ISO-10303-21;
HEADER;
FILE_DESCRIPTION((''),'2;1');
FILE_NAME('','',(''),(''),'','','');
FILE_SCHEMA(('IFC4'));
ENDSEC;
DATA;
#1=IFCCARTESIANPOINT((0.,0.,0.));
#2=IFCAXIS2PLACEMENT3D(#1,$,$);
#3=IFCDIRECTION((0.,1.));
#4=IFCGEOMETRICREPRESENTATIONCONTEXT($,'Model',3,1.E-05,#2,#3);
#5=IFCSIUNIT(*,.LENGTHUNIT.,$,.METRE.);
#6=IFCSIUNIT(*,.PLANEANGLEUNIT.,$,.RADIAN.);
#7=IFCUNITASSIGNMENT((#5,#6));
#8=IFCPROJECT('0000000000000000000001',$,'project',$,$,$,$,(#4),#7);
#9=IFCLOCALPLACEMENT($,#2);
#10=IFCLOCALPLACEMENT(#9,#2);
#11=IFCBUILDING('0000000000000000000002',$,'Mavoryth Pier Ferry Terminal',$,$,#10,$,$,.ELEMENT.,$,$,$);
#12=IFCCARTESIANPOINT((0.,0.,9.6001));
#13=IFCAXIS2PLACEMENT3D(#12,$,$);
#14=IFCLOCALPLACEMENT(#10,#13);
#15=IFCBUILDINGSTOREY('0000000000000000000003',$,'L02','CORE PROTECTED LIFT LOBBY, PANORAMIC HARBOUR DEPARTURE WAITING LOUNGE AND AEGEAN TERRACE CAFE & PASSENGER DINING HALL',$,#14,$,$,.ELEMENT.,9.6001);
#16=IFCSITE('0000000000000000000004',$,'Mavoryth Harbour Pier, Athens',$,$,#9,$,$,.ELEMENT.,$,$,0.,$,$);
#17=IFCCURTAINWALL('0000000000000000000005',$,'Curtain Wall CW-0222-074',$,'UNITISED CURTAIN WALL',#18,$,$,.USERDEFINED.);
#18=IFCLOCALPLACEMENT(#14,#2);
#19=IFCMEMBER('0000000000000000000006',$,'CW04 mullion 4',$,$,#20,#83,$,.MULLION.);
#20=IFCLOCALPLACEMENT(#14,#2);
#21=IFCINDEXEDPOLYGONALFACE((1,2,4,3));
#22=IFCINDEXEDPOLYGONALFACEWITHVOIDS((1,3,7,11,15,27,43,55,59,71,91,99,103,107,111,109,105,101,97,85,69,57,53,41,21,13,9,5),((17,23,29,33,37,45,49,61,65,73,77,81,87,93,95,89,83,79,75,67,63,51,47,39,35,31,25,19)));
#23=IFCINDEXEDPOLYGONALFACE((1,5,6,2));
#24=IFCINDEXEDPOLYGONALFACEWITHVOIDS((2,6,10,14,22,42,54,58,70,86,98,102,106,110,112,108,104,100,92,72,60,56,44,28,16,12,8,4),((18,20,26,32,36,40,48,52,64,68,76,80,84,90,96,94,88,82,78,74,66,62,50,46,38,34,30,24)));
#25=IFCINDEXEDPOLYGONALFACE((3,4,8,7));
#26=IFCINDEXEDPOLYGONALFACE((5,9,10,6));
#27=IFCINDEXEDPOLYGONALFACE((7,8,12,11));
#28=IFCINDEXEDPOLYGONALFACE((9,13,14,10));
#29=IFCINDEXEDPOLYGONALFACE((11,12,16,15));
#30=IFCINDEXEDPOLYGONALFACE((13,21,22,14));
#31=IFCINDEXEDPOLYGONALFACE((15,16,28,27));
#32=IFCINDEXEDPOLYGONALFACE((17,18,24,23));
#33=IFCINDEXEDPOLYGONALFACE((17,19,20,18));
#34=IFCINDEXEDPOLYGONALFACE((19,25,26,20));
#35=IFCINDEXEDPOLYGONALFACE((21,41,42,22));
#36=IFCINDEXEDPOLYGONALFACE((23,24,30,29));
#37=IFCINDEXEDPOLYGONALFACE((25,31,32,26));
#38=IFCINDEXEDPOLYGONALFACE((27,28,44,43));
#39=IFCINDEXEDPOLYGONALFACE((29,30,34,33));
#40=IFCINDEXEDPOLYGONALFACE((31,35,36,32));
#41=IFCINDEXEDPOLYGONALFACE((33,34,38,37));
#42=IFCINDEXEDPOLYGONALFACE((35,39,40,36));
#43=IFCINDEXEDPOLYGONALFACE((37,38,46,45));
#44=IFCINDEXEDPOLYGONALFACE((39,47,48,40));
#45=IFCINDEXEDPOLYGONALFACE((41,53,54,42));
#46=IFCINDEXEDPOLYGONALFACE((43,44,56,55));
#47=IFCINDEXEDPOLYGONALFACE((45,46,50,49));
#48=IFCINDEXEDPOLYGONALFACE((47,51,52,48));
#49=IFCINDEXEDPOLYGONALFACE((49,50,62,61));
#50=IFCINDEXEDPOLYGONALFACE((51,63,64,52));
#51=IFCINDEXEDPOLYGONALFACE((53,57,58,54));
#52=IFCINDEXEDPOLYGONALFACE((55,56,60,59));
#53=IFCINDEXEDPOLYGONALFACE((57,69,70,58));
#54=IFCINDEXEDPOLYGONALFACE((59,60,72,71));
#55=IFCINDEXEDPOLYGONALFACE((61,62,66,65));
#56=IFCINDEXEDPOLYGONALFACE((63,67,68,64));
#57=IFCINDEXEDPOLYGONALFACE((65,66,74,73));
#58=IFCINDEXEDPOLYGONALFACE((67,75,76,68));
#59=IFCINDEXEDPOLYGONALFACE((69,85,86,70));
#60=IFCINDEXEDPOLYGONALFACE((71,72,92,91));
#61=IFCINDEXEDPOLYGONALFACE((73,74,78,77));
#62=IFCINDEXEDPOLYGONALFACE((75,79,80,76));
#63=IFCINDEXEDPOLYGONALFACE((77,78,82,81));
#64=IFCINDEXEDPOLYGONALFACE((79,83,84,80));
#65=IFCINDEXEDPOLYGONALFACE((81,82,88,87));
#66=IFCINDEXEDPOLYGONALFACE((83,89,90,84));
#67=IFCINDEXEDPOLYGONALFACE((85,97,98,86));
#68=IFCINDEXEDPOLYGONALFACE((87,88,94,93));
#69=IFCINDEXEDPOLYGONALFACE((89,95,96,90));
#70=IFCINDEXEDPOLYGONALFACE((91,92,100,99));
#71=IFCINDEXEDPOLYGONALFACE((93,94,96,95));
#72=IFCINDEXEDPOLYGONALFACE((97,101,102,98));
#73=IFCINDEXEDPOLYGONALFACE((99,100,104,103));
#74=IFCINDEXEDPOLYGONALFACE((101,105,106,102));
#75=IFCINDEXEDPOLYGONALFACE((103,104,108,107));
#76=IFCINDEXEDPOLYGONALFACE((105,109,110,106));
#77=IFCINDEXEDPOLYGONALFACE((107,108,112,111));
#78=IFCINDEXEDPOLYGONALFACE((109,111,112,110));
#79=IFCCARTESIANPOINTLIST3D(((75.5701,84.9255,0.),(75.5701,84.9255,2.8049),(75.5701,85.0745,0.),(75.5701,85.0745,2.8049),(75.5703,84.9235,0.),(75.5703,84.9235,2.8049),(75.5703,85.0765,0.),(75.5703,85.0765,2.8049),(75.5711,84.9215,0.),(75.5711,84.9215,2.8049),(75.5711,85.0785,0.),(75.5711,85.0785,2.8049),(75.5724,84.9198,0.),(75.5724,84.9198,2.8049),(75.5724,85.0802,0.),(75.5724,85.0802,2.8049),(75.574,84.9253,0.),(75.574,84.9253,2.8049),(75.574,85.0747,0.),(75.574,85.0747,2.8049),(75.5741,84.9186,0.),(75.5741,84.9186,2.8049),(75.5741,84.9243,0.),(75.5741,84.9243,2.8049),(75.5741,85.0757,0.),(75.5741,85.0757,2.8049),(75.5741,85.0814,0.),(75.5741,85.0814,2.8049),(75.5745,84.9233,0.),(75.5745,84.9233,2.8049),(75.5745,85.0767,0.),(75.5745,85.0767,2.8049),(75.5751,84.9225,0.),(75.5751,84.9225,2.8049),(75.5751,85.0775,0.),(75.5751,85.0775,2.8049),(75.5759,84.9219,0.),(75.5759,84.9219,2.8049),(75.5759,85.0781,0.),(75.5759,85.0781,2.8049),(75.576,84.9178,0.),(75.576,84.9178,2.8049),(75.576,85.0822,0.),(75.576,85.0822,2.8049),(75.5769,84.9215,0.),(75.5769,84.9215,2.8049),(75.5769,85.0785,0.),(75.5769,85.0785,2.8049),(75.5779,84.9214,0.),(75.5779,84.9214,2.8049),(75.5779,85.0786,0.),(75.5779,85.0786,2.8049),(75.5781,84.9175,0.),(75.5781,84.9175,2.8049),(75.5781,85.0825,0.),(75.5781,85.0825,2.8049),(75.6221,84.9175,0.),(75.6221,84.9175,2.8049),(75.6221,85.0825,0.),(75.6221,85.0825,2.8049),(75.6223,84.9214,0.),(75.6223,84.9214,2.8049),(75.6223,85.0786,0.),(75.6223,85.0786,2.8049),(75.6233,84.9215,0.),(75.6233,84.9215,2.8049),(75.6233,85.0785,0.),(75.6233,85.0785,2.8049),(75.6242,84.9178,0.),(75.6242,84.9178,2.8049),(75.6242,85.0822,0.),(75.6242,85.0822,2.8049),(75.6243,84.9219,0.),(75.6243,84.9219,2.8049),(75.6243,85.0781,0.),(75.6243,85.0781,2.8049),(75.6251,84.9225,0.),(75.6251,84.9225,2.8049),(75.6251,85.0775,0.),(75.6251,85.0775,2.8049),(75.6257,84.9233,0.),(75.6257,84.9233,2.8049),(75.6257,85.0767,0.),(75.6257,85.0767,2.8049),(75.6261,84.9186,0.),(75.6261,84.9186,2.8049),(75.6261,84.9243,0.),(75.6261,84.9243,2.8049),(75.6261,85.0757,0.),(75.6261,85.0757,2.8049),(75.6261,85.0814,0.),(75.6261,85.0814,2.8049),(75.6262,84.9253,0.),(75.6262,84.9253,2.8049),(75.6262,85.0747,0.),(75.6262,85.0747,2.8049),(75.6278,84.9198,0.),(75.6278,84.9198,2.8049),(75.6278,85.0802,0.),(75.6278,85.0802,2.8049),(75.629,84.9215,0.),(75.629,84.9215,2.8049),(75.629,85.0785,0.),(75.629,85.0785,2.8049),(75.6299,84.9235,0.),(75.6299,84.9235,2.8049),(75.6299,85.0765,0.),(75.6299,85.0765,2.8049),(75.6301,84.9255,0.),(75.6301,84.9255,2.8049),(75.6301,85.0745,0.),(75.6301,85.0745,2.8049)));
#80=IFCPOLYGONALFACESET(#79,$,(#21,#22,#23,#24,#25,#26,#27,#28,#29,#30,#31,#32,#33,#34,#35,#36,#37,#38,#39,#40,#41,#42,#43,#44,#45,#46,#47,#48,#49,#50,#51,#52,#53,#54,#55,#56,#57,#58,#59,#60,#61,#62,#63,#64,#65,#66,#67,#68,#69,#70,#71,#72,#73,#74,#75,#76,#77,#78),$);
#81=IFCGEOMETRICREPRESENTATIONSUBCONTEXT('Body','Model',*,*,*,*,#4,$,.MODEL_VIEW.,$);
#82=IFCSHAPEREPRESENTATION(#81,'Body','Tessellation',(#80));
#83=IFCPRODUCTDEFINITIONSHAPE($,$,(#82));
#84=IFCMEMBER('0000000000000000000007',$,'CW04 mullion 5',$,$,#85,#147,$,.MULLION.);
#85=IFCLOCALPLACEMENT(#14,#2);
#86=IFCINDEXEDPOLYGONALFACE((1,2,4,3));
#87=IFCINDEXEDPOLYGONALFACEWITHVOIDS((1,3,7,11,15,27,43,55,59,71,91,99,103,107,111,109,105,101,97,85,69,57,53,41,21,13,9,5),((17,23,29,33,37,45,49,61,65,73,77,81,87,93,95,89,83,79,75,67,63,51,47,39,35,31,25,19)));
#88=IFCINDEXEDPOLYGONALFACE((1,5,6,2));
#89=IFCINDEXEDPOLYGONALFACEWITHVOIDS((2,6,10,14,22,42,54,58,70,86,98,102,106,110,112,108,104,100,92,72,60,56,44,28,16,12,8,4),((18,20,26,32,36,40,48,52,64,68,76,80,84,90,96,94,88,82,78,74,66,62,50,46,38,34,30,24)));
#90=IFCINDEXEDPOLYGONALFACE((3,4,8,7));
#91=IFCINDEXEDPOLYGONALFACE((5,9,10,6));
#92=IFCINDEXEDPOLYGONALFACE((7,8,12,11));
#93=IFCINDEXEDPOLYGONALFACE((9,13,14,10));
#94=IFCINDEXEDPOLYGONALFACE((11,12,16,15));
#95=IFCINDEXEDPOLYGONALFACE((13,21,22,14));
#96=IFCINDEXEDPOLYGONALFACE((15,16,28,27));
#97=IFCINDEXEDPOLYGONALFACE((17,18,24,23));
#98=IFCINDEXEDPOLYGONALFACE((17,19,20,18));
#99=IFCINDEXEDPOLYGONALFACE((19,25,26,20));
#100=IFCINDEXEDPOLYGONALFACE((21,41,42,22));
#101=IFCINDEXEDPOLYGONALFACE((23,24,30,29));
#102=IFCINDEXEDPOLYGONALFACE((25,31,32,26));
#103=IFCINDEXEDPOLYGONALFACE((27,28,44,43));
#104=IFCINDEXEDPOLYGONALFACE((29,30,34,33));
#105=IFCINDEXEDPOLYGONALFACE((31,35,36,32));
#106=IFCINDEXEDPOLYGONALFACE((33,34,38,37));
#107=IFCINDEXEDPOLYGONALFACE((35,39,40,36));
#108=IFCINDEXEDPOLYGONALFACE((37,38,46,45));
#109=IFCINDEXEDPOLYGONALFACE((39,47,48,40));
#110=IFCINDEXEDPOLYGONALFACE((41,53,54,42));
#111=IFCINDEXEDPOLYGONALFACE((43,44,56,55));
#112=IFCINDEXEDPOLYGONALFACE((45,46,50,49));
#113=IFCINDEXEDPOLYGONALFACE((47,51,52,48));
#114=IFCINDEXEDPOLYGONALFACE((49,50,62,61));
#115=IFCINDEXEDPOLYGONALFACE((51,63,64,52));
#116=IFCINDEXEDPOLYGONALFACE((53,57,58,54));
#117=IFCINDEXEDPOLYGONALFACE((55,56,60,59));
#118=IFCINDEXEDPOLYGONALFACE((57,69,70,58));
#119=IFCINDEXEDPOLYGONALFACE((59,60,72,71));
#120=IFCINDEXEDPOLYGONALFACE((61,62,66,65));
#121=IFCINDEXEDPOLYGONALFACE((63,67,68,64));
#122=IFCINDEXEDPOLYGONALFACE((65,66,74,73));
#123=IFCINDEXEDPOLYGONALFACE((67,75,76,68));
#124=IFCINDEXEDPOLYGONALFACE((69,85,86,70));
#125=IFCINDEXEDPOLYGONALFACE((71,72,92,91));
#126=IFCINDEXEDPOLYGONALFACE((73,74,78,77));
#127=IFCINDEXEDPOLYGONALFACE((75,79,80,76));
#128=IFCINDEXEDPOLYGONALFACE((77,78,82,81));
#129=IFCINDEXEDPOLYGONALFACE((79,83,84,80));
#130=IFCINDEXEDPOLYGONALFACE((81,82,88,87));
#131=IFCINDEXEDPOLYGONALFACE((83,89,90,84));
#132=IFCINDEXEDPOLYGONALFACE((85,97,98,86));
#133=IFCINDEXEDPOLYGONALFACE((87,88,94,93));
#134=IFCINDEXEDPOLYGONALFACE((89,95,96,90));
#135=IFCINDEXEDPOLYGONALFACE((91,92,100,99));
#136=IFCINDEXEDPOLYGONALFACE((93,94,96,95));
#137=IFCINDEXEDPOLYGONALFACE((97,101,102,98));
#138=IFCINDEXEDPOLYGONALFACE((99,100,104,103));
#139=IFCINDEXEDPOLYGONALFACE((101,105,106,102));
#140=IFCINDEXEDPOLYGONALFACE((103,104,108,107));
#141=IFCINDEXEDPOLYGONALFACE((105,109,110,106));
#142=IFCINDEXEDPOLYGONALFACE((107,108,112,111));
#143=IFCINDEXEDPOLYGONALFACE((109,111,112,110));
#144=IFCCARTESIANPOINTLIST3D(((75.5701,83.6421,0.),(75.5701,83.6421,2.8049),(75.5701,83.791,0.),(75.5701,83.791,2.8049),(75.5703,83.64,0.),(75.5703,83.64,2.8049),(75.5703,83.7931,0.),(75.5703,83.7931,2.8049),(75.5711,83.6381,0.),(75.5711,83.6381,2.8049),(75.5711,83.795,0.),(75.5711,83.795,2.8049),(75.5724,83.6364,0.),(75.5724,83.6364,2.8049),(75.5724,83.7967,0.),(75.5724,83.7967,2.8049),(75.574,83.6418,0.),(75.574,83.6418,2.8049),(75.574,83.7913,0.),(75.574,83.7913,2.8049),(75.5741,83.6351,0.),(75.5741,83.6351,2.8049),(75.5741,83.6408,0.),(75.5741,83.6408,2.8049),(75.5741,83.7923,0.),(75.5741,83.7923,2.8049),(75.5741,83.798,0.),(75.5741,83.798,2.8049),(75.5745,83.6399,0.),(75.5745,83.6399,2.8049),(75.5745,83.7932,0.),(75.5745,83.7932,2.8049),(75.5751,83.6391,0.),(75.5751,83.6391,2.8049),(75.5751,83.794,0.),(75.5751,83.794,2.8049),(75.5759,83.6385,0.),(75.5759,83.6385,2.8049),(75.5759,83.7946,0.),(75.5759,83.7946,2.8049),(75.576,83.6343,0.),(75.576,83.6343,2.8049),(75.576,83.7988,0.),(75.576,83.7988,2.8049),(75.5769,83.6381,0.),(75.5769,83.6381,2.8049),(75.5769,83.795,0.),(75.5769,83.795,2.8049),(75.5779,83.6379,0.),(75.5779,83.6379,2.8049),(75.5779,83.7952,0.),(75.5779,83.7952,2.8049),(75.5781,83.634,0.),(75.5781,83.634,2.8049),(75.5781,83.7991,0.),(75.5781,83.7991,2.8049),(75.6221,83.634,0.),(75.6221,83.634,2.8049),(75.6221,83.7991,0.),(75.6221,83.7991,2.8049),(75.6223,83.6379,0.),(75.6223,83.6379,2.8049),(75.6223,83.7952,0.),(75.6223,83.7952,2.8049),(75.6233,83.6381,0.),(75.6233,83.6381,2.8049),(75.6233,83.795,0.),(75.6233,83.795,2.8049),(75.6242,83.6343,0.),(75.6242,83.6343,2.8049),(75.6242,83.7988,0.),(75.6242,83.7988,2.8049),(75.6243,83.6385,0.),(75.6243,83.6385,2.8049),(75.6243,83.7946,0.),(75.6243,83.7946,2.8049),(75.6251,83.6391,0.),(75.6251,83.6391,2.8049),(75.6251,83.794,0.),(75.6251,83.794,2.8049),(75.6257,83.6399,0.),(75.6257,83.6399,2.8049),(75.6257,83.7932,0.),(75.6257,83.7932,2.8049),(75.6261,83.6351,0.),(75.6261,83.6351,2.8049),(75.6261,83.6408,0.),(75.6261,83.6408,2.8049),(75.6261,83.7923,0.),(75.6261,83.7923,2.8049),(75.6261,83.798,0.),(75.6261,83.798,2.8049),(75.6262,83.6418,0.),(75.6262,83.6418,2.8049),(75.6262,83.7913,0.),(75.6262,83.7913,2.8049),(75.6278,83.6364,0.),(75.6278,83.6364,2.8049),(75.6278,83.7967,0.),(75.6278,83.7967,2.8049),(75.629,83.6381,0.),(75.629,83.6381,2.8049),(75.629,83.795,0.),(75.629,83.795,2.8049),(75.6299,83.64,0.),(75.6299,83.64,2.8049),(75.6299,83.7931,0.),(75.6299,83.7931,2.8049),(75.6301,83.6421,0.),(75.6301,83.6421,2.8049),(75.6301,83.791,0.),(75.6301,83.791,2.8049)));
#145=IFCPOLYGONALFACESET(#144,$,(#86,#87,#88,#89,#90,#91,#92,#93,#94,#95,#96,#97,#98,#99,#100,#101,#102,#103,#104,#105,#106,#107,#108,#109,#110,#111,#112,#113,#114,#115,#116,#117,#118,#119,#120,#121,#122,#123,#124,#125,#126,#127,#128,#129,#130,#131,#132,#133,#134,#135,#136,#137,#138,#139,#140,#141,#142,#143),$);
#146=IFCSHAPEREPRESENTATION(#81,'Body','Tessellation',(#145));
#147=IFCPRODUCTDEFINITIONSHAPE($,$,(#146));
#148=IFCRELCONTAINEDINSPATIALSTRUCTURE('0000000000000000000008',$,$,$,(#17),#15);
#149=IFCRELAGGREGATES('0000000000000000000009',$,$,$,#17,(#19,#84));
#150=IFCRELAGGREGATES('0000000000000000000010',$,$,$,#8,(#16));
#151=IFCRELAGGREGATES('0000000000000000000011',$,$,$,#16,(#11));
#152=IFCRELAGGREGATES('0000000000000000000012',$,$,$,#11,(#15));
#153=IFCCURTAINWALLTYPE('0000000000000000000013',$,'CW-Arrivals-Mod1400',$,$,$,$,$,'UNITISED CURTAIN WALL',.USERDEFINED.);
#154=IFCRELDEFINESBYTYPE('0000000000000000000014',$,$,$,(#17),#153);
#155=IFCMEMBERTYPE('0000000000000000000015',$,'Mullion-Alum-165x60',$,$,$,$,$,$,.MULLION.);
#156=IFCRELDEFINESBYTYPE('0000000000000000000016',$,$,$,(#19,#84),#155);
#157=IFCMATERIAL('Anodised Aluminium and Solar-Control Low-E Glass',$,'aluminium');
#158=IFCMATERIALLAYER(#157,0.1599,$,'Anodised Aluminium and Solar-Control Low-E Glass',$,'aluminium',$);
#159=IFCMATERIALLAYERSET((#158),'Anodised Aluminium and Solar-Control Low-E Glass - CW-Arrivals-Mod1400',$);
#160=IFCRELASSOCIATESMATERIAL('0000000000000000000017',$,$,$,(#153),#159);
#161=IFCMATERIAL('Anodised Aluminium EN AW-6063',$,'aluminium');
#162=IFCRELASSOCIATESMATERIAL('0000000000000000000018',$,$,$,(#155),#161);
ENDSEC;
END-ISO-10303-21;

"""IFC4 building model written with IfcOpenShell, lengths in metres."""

from ifc_helpers import new_model, si_unit, direction, frame, origin, origin_2d, place, context, subcontext, project, spatial, hollow_rectangle, extrude, material, layer, layer_set, material_profile, profile_set, type_object, element, aggregate, save


model = new_model("IFC4")

# Units and contexts
model_context = context("Model", 3, precision=1e-05, world=origin(), true_north=direction((0.0, 1.0)))
body_context = subcontext(model_context, "Body", "Model", "MODEL_VIEW")
ifc_project = project(units=[si_unit("LENGTHUNIT", "METRE"), si_unit("PLANEANGLEUNIT", "RADIAN")], contexts=[model_context])

# Site, building, storey
site_placement = place(None, origin())
site = spatial("IfcSite", under=ifc_project, at=site_placement, Name="Mavoryth Harbour Pier, Athens", CompositionType="ELEMENT", RefElevation=0.0)
building_placement = place(site_placement, origin())
building = spatial("IfcBuilding", under=site, at=building_placement, Name="Mavoryth Pier Ferry Terminal", CompositionType="ELEMENT")
storey_placement = place(building_placement, frame((0.0, 0.0, 9.6001)))
storey = spatial("IfcBuildingStorey", under=building, at=storey_placement, Name="L02", Description="CORE PROTECTED LIFT LOBBY, PANORAMIC HARBOUR DEPARTURE WAITING LOUNGE AND AEGEAN TERRACE CAFE & PASSENGER DINING HALL", CompositionType="ELEMENT", Elevation=9.6001)

# Shared definitions
ifc_material_1 = material(Name="Anodised Aluminium and Solar-Control Low-E Glass", Category="aluminium")
ifc_layer_1 = layer(ifc_material_1, 0.1599, Name="Anodised Aluminium and Solar-Control Low-E Glass", Category="aluminium")
ifc_layer_set_1 = layer_set([ifc_layer_1], Name="Anodised Aluminium and Solar-Control Low-E Glass - CW-Arrivals-Mod1400")
curtain_wall_type = type_object("IfcCurtainWallType", Name="CW-Arrivals-Mod1400", ElementType="UNITISED CURTAIN WALL", PredefinedType="USERDEFINED", material=ifc_layer_set_1)
ifc_material_2 = material(Name="Anodised Aluminium EN AW-6063", Category="aluminium")
ifc_material_profile_1 = material_profile(ifc_material_2, hollow_rectangle(XDim=0.0601, YDim=0.165, WallThickness=0.0039, InnerFilletRadius=0.0039, OuterFilletRadius=0.0081, at=origin_2d()), Name="AL-MULL 165x60x4", Category="aluminium")
ifc_profile_set_1 = profile_set([ifc_material_profile_1], Name="Anodised Aluminium EN AW-6063 - AL-MULL 165x60x4")
member_type_1 = type_object("IfcMemberType", Name="Mullion-Alum-165x60", PredefinedType="MULLION", material=ifc_profile_set_1)

# Curtain wall, members
curtain_wall_1_placement = place(storey_placement, origin())
curtain_wall_1 = element("IfcCurtainWall", 1, at=curtain_wall_1_placement, inside=storey, type_object=curtain_wall_type, Name="Curtain Wall CW-0222-074", ObjectType="UNITISED CURTAIN WALL", PredefinedType="USERDEFINED")
member_1_placement = place(storey_placement, frame((75.6001, 85.0, 0.0), z_axis=(0.0, 0.0, 1.0), x_axis=(1.0, 0.0, 0.0)))
member_1 = element("IfcMember", 2, at=member_1_placement, type_object=member_type_1, Name="CW04 mullion 4", PredefinedType="MULLION", context=body_context, shape_type="SweptSolid", body=[
    extrude(hollow_rectangle(XDim=0.0601, YDim=0.165, WallThickness=0.0039, InnerFilletRadius=0.0039, OuterFilletRadius=0.0081, at=origin_2d()), origin(), (0.0, 0.0, 1.0), 2.8049),
])
member_2_placement = place(storey_placement, frame((75.6001, 83.7166, 0.0), z_axis=(0.0, 0.0, 1.0), x_axis=(1.0, 0.0, 0.0)))
member_2 = element("IfcMember", 3, at=member_2_placement, type_object=member_type_1, Name="CW04 mullion 5", PredefinedType="MULLION", context=body_context, shape_type="SweptSolid", body=[
    extrude(hollow_rectangle(XDim=0.0601, YDim=0.165, WallThickness=0.0039, InnerFilletRadius=0.0039, OuterFilletRadius=0.0081, at=origin_2d()), origin(), (0.0, 0.0, 1.0), 2.8049),
])

aggregate(curtain_wall_1, [member_1, member_2])

save(model, "model.ifc")
